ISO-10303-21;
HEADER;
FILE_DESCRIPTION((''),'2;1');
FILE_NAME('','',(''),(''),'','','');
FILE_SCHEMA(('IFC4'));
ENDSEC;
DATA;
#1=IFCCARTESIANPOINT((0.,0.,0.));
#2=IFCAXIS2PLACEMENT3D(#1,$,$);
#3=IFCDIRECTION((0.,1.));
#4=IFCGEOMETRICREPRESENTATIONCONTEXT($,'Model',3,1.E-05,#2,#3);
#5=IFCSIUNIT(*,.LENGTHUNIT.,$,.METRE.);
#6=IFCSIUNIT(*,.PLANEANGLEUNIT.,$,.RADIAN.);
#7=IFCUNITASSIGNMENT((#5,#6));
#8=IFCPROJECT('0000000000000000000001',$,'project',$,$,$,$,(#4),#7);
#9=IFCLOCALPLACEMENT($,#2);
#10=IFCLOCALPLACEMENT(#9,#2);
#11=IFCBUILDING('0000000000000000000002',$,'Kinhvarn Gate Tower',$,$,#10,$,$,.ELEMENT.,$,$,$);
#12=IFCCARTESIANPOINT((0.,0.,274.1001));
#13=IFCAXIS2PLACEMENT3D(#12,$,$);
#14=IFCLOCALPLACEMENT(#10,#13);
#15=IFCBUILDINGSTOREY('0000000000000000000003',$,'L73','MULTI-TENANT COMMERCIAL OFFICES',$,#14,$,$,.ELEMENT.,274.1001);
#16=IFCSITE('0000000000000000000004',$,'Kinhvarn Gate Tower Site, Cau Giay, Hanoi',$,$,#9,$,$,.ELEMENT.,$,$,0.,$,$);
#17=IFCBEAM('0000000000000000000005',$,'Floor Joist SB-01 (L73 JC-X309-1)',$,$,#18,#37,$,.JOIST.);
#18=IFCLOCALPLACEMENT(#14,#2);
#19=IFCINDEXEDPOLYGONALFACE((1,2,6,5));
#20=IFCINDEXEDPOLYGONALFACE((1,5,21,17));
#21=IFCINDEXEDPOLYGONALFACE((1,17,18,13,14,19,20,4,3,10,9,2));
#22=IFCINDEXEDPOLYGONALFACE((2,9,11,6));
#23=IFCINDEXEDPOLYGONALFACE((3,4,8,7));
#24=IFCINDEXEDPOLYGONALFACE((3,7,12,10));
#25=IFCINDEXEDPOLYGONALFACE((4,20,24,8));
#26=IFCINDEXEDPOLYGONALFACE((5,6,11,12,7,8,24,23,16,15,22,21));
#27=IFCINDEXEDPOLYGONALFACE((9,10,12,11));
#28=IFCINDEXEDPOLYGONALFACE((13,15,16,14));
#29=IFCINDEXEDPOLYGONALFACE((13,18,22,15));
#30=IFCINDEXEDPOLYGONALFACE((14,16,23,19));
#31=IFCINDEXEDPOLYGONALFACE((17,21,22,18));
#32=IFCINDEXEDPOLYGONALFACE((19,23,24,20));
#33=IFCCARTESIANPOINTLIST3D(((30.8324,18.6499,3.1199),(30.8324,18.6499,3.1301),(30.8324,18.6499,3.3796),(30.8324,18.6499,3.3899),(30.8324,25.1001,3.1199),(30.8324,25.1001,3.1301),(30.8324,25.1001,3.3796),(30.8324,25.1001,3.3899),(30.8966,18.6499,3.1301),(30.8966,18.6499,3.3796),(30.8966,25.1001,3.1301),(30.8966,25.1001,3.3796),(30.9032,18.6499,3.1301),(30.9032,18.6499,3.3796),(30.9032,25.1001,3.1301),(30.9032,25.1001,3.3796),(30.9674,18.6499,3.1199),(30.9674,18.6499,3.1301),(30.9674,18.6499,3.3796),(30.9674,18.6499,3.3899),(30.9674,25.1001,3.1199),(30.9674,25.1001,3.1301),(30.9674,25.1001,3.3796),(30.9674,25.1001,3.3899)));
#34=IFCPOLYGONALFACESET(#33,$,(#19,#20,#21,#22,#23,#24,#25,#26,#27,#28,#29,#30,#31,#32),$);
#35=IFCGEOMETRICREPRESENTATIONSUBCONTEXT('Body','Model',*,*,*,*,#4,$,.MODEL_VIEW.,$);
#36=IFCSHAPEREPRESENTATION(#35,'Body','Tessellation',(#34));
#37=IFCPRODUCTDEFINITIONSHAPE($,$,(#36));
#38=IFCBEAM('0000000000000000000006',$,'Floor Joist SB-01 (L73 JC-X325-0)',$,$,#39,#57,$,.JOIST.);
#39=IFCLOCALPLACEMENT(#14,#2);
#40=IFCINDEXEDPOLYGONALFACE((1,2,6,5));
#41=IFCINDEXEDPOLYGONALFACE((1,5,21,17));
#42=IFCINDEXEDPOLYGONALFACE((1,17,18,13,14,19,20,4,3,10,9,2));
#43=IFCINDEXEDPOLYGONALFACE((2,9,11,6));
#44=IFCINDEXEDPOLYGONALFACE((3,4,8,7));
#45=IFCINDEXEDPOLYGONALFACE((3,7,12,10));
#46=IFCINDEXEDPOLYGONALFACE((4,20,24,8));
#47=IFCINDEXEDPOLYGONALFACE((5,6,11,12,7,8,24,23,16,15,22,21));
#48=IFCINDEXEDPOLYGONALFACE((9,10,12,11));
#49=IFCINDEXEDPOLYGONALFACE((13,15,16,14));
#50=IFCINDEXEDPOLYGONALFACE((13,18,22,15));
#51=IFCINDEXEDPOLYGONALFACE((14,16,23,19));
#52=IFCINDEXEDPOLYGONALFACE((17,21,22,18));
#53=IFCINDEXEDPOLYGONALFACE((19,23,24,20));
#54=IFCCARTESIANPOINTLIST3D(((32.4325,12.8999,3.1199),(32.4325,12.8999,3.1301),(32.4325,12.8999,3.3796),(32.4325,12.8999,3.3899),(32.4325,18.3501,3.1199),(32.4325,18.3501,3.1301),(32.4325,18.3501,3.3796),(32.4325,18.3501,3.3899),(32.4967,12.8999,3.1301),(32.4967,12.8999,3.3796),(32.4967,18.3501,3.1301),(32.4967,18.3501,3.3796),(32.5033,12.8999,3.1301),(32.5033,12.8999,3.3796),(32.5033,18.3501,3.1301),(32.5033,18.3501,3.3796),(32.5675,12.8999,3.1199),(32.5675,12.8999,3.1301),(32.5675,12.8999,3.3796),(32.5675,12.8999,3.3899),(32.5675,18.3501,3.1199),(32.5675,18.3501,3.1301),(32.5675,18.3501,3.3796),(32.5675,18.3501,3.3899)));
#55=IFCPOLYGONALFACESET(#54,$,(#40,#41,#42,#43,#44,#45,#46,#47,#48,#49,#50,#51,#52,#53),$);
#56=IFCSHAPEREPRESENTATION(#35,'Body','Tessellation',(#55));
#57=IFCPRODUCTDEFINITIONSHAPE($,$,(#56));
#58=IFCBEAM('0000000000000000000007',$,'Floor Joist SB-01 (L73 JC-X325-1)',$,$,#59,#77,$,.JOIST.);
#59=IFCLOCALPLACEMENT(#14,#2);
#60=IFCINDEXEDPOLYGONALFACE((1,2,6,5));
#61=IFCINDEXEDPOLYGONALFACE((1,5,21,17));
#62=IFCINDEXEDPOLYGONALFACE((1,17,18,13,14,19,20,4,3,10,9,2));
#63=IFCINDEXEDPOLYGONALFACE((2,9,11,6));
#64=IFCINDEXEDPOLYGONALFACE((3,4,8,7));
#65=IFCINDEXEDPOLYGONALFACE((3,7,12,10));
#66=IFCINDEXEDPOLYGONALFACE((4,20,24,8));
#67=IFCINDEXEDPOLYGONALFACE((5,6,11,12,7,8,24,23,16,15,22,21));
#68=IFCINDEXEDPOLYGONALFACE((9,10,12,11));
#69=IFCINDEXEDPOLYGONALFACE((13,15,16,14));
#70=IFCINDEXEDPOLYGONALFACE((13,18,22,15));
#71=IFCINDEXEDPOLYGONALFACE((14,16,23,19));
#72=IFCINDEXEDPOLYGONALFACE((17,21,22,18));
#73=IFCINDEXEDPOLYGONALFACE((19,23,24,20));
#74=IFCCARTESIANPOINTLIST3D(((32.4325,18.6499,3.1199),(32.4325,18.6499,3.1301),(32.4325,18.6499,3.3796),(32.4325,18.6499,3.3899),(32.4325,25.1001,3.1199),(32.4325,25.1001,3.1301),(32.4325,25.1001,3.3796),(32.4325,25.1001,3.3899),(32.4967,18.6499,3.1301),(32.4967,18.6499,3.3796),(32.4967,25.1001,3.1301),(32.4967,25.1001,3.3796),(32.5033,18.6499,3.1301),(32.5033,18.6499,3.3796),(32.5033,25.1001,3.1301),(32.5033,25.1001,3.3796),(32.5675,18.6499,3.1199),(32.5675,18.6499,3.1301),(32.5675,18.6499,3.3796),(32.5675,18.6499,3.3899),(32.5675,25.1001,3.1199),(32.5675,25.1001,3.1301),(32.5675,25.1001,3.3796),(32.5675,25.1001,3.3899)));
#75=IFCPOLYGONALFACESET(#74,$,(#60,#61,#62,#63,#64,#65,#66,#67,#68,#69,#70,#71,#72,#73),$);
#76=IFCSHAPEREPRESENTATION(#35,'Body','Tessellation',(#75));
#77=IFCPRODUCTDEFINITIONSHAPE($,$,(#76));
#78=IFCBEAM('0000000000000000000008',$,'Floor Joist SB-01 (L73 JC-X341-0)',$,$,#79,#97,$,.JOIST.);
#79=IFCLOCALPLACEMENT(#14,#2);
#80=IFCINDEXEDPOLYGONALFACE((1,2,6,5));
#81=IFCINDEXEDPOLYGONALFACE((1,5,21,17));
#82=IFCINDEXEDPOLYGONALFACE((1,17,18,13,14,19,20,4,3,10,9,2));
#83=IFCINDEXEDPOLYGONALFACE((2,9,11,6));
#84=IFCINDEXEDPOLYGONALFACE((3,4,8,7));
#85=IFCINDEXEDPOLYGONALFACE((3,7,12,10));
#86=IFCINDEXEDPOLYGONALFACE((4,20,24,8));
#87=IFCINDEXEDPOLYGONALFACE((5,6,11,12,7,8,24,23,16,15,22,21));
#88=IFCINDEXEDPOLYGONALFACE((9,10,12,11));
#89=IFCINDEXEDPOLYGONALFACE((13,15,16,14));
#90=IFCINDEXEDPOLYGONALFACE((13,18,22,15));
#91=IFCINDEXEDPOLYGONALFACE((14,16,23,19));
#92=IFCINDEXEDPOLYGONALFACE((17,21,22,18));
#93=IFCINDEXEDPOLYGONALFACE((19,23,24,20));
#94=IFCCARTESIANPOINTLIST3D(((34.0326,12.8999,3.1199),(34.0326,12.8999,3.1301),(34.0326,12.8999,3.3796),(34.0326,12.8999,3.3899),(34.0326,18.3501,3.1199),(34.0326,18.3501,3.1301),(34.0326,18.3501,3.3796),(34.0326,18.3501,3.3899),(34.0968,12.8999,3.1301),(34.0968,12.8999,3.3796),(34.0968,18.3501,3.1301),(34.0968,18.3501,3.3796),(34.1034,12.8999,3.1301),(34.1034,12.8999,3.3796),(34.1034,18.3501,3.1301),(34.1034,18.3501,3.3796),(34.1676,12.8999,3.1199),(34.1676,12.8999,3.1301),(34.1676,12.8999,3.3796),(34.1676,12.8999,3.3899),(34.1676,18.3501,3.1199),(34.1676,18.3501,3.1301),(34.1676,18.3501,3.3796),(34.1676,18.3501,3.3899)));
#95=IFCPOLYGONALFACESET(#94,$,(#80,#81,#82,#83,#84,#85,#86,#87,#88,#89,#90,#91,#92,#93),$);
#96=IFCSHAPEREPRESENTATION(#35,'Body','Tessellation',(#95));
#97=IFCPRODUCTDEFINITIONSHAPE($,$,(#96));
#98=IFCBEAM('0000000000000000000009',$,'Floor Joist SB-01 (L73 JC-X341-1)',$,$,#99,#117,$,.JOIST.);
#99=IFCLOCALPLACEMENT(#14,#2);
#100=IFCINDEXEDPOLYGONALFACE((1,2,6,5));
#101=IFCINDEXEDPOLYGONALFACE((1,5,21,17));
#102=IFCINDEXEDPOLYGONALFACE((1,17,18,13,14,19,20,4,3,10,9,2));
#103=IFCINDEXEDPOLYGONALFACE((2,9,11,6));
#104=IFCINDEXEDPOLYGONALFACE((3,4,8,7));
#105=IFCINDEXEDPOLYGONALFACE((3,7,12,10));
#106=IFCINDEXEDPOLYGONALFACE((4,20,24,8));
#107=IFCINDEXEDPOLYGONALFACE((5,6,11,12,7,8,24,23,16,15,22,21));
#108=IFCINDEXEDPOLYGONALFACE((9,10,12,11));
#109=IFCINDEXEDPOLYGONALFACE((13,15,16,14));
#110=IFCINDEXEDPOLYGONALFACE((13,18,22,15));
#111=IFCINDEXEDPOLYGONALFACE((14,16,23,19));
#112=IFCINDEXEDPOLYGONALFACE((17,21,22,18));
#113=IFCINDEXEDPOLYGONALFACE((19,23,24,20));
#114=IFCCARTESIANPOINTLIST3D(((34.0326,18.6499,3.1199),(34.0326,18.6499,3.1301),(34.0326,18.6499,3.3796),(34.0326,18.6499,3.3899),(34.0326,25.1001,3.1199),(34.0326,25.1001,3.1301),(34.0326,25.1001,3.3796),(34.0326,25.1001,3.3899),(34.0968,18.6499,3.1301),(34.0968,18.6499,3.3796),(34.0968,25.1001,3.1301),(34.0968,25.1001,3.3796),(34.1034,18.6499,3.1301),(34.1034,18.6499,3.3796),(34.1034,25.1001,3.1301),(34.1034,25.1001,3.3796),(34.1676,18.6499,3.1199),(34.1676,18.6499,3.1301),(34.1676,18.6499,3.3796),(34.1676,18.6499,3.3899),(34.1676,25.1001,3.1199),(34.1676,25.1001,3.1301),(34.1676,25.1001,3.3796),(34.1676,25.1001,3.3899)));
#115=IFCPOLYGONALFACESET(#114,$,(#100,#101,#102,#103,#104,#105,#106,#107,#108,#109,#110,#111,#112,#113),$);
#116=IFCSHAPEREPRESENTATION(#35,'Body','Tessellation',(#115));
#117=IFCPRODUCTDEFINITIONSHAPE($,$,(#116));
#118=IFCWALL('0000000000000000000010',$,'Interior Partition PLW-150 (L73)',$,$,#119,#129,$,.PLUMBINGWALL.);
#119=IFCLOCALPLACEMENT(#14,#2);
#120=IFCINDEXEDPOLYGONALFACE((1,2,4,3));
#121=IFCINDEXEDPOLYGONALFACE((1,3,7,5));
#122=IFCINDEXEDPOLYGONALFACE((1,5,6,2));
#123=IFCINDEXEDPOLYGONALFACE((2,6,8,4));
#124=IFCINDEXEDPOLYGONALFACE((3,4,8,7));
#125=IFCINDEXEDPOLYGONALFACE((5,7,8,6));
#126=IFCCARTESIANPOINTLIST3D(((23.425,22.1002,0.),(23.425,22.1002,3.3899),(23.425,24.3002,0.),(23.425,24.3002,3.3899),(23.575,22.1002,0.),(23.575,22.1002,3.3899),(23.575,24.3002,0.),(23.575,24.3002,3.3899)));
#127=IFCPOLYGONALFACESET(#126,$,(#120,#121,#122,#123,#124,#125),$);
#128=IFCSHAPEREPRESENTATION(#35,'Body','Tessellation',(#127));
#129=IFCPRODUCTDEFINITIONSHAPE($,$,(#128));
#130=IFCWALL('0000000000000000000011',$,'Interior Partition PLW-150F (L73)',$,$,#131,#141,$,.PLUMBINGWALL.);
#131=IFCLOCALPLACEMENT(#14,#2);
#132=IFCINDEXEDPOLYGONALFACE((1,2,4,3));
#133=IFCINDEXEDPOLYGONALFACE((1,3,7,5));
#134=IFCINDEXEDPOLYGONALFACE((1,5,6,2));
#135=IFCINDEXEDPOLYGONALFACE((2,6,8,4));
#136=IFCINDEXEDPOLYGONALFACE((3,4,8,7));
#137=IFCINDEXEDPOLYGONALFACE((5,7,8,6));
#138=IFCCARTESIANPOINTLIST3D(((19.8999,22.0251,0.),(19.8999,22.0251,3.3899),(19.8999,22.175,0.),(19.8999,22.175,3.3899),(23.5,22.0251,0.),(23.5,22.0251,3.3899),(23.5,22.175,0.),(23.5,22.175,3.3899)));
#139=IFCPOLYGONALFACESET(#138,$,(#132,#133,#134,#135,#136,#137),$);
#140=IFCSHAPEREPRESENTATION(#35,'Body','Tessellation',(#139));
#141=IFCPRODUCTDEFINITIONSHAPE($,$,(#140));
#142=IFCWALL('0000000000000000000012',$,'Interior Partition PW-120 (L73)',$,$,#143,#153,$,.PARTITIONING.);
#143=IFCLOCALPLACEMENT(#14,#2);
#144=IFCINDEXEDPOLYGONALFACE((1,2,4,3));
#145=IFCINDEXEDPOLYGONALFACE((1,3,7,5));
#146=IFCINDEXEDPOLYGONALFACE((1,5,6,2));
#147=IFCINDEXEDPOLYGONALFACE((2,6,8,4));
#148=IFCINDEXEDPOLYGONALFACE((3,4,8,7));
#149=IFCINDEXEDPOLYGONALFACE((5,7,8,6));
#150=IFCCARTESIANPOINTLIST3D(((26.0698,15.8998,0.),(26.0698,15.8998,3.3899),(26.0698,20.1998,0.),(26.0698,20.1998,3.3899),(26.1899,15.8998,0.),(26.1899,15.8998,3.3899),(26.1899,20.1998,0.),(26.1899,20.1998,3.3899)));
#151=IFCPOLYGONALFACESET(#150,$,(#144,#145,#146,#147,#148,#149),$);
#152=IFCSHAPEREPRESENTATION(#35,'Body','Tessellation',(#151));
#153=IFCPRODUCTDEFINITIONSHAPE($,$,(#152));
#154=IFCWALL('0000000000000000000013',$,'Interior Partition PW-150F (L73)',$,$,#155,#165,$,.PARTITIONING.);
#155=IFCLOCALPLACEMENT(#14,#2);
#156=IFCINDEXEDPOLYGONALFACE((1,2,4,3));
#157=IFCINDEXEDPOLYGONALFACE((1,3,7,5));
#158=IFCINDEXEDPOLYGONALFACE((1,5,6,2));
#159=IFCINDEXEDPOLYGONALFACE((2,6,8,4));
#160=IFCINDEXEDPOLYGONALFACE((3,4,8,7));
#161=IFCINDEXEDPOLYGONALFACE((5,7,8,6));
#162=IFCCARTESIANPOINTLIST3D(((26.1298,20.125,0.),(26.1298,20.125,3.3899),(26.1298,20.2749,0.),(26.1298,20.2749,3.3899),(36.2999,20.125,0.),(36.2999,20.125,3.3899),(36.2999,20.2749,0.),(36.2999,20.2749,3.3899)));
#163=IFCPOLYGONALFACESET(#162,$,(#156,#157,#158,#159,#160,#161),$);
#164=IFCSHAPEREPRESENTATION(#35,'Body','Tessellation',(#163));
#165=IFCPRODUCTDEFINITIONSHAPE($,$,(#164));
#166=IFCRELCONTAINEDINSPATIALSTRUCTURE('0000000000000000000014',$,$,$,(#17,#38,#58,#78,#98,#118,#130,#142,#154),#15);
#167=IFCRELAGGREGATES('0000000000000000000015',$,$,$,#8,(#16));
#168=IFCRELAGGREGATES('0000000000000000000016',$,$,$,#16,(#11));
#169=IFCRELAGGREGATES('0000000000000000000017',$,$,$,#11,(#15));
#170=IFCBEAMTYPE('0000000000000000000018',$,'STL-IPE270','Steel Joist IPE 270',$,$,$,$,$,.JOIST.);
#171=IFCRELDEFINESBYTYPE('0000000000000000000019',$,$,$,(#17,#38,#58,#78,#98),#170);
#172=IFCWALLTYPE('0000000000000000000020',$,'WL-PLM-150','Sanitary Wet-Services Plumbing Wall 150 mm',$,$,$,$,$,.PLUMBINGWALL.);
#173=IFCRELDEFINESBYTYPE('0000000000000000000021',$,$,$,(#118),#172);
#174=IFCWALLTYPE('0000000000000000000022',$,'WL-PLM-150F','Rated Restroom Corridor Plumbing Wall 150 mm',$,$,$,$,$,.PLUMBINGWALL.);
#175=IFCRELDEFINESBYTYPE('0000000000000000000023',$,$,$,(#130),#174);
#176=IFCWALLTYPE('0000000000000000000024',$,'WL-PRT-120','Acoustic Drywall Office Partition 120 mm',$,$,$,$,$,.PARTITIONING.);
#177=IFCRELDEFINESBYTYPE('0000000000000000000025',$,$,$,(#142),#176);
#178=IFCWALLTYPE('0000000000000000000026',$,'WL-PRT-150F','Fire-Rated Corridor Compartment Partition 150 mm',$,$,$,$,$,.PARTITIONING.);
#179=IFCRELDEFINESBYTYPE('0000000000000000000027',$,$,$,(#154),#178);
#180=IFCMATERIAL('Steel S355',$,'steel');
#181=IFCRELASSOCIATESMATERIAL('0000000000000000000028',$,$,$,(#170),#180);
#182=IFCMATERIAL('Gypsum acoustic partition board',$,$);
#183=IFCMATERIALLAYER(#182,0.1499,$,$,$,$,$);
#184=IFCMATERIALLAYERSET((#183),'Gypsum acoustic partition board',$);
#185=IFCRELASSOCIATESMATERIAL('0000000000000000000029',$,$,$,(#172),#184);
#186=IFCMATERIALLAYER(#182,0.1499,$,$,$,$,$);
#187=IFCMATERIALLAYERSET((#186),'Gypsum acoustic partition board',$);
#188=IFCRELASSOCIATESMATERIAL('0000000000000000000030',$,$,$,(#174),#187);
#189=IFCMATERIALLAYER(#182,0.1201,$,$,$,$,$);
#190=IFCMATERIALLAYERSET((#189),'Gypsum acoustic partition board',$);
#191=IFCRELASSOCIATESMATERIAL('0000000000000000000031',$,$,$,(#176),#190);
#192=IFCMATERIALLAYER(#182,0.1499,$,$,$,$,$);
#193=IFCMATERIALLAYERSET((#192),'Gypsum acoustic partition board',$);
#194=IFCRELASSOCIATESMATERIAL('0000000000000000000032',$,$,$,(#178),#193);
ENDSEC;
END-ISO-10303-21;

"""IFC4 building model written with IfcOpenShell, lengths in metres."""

from ifc_helpers import new_model, si_unit, direction, frame, frame_2d, origin, origin_2d, place, context, subcontext, project, spatial, rectangle, i_section, extrude, material, layer, layer_set, material_profile, profile_set, type_object, element, save


model = new_model("IFC4")

# Units and contexts
model_context = context("Model", 3, precision=1e-05, world=origin(), true_north=direction((0.0, 1.0)))
body_context = subcontext(model_context, "Body", "Model", "MODEL_VIEW")
ifc_project = project(units=[si_unit("LENGTHUNIT", "METRE"), si_unit("PLANEANGLEUNIT", "RADIAN")], contexts=[model_context])

# Site, building, storey
site_placement = place(None, origin())
site = spatial("IfcSite", under=ifc_project, at=site_placement, Name="Kinhvarn Gate Tower Site, Cau Giay, Hanoi", CompositionType="ELEMENT", RefElevation=0.0)
building_placement = place(site_placement, origin())
building = spatial("IfcBuilding", under=site, at=building_placement, Name="Kinhvarn Gate Tower", CompositionType="ELEMENT")
storey_placement = place(building_placement, frame((0.0, 0.0, 274.1001)))
storey = spatial("IfcBuildingStorey", under=building, at=storey_placement, Name="L73", Description="MULTI-TENANT COMMERCIAL OFFICES", CompositionType="ELEMENT", Elevation=274.1001)

# Beams
ifc_material_1 = material(Name="Steel S355", Category="steel")
ifc_material_profile = material_profile(ifc_material_1, i_section(OverallWidth=0.135, OverallDepth=0.27, WebThickness=0.0066, FlangeThickness=0.0103, at=origin_2d()), Name="IPE 270")
ifc_profile_set = profile_set([ifc_material_profile], Name="Steel S355")
beam_type = type_object("IfcBeamType", Name="STL-IPE270", Description="Steel Joist IPE 270", PredefinedType="JOIST", material=ifc_profile_set)
beam_1_placement = place(storey_placement, frame((30.8999, 18.6499, 3.2549), z_axis=(0.0, 1.0, 0.0), x_axis=(-1.0, 0.0, 0.0)))
element("IfcBeam", 1, at=beam_1_placement, inside=storey, type_object=beam_type, Name="Floor Joist SB-01 (L73 JC-X309-1)", PredefinedType="JOIST", context=body_context, shape_type="SweptSolid", body=[
    extrude(i_section(OverallWidth=0.135, OverallDepth=0.27, WebThickness=0.0066, FlangeThickness=0.0103, at=origin_2d()), origin(), (0.0, 0.0, 1.0), 6.4502),
])
beam_2_placement = place(storey_placement, frame((32.5, 12.8999, 3.2549), z_axis=(0.0, 1.0, 0.0), x_axis=(-1.0, 0.0, 0.0)))
element("IfcBeam", 2, at=beam_2_placement, inside=storey, type_object=beam_type, Name="Floor Joist SB-01 (L73 JC-X325-0)", PredefinedType="JOIST", context=body_context, shape_type="SweptSolid", body=[
    extrude(i_section(OverallWidth=0.135, OverallDepth=0.27, WebThickness=0.0066, FlangeThickness=0.0103, at=origin_2d()), origin(), (0.0, 0.0, 1.0), 5.4502),
])
beam_3_placement = place(storey_placement, frame((32.5, 18.6499, 3.2549), z_axis=(0.0, 1.0, 0.0), x_axis=(-1.0, 0.0, 0.0)))
element("IfcBeam", 3, at=beam_3_placement, inside=storey, type_object=beam_type, Name="Floor Joist SB-01 (L73 JC-X325-1)", PredefinedType="JOIST", context=body_context, shape_type="SweptSolid", body=[
    extrude(i_section(OverallWidth=0.135, OverallDepth=0.27, WebThickness=0.0066, FlangeThickness=0.0103, at=origin_2d()), origin(), (0.0, 0.0, 1.0), 6.4502),
])
beam_4_placement = place(storey_placement, frame((34.1001, 12.8999, 3.2549), z_axis=(0.0, 1.0, 0.0), x_axis=(-1.0, 0.0, 0.0)))
element("IfcBeam", 4, at=beam_4_placement, inside=storey, type_object=beam_type, Name="Floor Joist SB-01 (L73 JC-X341-0)", PredefinedType="JOIST", context=body_context, shape_type="SweptSolid", body=[
    extrude(i_section(OverallWidth=0.135, OverallDepth=0.27, WebThickness=0.0066, FlangeThickness=0.0103, at=origin_2d()), origin(), (0.0, 0.0, 1.0), 5.4502),
])
beam_5_placement = place(storey_placement, frame((34.1001, 18.6499, 3.2549), z_axis=(0.0, 1.0, 0.0), x_axis=(-1.0, 0.0, 0.0)))
element("IfcBeam", 5, at=beam_5_placement, inside=storey, type_object=beam_type, Name="Floor Joist SB-01 (L73 JC-X341-1)", PredefinedType="JOIST", context=body_context, shape_type="SweptSolid", body=[
    extrude(i_section(OverallWidth=0.135, OverallDepth=0.27, WebThickness=0.0066, FlangeThickness=0.0103, at=origin_2d()), origin(), (0.0, 0.0, 1.0), 6.4502),
])

# Walls
ifc_material_2 = material(Name="Gypsum acoustic partition board")
ifc_layer_1 = layer(ifc_material_2, 0.1499)
ifc_layer_set_1 = layer_set([ifc_layer_1], Name="Gypsum acoustic partition board")
wall_type_1 = type_object("IfcWallType", Name="WL-PLM-150", Description="Sanitary Wet-Services Plumbing Wall 150 mm", PredefinedType="PLUMBINGWALL", material=ifc_layer_set_1)
wall_1_placement = place(storey_placement, frame((23.5, 22.1001, 0.0), z_axis=(0.0, 0.0, 1.0), x_axis=(0.0, 1.0, 0.0)))
element("IfcWall", 6, at=wall_1_placement, inside=storey, type_object=wall_type_1, Name="Interior Partition PLW-150 (L73)", PredefinedType="PLUMBINGWALL", context=body_context, shape_type="SweptSolid", body=[
    extrude(rectangle(XDim=2.2, YDim=0.1499, at=frame_2d((1.1001, 0.0))), origin(), (0.0, 0.0, 1.0), 3.3899),
])
ifc_layer_2 = layer(ifc_material_2, 0.1499)
ifc_layer_set_2 = layer_set([ifc_layer_2], Name="Gypsum acoustic partition board")
wall_type_2 = type_object("IfcWallType", Name="WL-PLM-150F", Description="Rated Restroom Corridor Plumbing Wall 150 mm", PredefinedType="PLUMBINGWALL", material=ifc_layer_set_2)
wall_2_placement = place(storey_placement, frame((19.8999, 22.1001, 0.0), z_axis=(0.0, 0.0, 1.0), x_axis=(1.0, 0.0, 0.0)))
element("IfcWall", 7, at=wall_2_placement, inside=storey, type_object=wall_type_2, Name="Interior Partition PLW-150F (L73)", PredefinedType="PLUMBINGWALL", context=body_context, shape_type="SweptSolid", body=[
    extrude(rectangle(XDim=3.6001, YDim=0.1499, at=frame_2d((1.8, 0.0))), origin(), (0.0, 0.0, 1.0), 3.3899),
])
ifc_layer_3 = layer(ifc_material_2, 0.1201)
ifc_layer_set_3 = layer_set([ifc_layer_3], Name="Gypsum acoustic partition board")
wall_type_3 = type_object("IfcWallType", Name="WL-PRT-120", Description="Acoustic Drywall Office Partition 120 mm", PredefinedType="PARTITIONING", material=ifc_layer_set_3)
wall_3_placement = place(storey_placement, frame((26.1299, 15.8999, 0.0), z_axis=(0.0, 0.0, 1.0), x_axis=(0.0, 1.0, 0.0)))
element("IfcWall", 8, at=wall_3_placement, inside=storey, type_object=wall_type_3, Name="Interior Partition PW-120 (L73)", PredefinedType="PARTITIONING", context=body_context, shape_type="SweptSolid", body=[
    extrude(rectangle(XDim=4.3, YDim=0.1201, at=frame_2d((2.1499, 0.0))), origin(), (0.0, 0.0, 1.0), 3.3899),
])
ifc_layer_4 = layer(ifc_material_2, 0.1499)
ifc_layer_set_4 = layer_set([ifc_layer_4], Name="Gypsum acoustic partition board")
wall_type_4 = type_object("IfcWallType", Name="WL-PRT-150F", Description="Fire-Rated Corridor Compartment Partition 150 mm", PredefinedType="PARTITIONING", material=ifc_layer_set_4)
wall_4_placement = place(storey_placement, frame((26.1299, 20.2, 0.0), z_axis=(0.0, 0.0, 1.0), x_axis=(1.0, 0.0, 0.0)))
element("IfcWall", 9, at=wall_4_placement, inside=storey, type_object=wall_type_4, Name="Interior Partition PW-150F (L73)", PredefinedType="PARTITIONING", context=body_context, shape_type="SweptSolid", body=[
    extrude(rectangle(XDim=10.1702, YDim=0.1499, at=frame_2d((5.085, 0.0))), origin(), (0.0, 0.0, 1.0), 3.3899),
])

save(model, "model.ifc")
